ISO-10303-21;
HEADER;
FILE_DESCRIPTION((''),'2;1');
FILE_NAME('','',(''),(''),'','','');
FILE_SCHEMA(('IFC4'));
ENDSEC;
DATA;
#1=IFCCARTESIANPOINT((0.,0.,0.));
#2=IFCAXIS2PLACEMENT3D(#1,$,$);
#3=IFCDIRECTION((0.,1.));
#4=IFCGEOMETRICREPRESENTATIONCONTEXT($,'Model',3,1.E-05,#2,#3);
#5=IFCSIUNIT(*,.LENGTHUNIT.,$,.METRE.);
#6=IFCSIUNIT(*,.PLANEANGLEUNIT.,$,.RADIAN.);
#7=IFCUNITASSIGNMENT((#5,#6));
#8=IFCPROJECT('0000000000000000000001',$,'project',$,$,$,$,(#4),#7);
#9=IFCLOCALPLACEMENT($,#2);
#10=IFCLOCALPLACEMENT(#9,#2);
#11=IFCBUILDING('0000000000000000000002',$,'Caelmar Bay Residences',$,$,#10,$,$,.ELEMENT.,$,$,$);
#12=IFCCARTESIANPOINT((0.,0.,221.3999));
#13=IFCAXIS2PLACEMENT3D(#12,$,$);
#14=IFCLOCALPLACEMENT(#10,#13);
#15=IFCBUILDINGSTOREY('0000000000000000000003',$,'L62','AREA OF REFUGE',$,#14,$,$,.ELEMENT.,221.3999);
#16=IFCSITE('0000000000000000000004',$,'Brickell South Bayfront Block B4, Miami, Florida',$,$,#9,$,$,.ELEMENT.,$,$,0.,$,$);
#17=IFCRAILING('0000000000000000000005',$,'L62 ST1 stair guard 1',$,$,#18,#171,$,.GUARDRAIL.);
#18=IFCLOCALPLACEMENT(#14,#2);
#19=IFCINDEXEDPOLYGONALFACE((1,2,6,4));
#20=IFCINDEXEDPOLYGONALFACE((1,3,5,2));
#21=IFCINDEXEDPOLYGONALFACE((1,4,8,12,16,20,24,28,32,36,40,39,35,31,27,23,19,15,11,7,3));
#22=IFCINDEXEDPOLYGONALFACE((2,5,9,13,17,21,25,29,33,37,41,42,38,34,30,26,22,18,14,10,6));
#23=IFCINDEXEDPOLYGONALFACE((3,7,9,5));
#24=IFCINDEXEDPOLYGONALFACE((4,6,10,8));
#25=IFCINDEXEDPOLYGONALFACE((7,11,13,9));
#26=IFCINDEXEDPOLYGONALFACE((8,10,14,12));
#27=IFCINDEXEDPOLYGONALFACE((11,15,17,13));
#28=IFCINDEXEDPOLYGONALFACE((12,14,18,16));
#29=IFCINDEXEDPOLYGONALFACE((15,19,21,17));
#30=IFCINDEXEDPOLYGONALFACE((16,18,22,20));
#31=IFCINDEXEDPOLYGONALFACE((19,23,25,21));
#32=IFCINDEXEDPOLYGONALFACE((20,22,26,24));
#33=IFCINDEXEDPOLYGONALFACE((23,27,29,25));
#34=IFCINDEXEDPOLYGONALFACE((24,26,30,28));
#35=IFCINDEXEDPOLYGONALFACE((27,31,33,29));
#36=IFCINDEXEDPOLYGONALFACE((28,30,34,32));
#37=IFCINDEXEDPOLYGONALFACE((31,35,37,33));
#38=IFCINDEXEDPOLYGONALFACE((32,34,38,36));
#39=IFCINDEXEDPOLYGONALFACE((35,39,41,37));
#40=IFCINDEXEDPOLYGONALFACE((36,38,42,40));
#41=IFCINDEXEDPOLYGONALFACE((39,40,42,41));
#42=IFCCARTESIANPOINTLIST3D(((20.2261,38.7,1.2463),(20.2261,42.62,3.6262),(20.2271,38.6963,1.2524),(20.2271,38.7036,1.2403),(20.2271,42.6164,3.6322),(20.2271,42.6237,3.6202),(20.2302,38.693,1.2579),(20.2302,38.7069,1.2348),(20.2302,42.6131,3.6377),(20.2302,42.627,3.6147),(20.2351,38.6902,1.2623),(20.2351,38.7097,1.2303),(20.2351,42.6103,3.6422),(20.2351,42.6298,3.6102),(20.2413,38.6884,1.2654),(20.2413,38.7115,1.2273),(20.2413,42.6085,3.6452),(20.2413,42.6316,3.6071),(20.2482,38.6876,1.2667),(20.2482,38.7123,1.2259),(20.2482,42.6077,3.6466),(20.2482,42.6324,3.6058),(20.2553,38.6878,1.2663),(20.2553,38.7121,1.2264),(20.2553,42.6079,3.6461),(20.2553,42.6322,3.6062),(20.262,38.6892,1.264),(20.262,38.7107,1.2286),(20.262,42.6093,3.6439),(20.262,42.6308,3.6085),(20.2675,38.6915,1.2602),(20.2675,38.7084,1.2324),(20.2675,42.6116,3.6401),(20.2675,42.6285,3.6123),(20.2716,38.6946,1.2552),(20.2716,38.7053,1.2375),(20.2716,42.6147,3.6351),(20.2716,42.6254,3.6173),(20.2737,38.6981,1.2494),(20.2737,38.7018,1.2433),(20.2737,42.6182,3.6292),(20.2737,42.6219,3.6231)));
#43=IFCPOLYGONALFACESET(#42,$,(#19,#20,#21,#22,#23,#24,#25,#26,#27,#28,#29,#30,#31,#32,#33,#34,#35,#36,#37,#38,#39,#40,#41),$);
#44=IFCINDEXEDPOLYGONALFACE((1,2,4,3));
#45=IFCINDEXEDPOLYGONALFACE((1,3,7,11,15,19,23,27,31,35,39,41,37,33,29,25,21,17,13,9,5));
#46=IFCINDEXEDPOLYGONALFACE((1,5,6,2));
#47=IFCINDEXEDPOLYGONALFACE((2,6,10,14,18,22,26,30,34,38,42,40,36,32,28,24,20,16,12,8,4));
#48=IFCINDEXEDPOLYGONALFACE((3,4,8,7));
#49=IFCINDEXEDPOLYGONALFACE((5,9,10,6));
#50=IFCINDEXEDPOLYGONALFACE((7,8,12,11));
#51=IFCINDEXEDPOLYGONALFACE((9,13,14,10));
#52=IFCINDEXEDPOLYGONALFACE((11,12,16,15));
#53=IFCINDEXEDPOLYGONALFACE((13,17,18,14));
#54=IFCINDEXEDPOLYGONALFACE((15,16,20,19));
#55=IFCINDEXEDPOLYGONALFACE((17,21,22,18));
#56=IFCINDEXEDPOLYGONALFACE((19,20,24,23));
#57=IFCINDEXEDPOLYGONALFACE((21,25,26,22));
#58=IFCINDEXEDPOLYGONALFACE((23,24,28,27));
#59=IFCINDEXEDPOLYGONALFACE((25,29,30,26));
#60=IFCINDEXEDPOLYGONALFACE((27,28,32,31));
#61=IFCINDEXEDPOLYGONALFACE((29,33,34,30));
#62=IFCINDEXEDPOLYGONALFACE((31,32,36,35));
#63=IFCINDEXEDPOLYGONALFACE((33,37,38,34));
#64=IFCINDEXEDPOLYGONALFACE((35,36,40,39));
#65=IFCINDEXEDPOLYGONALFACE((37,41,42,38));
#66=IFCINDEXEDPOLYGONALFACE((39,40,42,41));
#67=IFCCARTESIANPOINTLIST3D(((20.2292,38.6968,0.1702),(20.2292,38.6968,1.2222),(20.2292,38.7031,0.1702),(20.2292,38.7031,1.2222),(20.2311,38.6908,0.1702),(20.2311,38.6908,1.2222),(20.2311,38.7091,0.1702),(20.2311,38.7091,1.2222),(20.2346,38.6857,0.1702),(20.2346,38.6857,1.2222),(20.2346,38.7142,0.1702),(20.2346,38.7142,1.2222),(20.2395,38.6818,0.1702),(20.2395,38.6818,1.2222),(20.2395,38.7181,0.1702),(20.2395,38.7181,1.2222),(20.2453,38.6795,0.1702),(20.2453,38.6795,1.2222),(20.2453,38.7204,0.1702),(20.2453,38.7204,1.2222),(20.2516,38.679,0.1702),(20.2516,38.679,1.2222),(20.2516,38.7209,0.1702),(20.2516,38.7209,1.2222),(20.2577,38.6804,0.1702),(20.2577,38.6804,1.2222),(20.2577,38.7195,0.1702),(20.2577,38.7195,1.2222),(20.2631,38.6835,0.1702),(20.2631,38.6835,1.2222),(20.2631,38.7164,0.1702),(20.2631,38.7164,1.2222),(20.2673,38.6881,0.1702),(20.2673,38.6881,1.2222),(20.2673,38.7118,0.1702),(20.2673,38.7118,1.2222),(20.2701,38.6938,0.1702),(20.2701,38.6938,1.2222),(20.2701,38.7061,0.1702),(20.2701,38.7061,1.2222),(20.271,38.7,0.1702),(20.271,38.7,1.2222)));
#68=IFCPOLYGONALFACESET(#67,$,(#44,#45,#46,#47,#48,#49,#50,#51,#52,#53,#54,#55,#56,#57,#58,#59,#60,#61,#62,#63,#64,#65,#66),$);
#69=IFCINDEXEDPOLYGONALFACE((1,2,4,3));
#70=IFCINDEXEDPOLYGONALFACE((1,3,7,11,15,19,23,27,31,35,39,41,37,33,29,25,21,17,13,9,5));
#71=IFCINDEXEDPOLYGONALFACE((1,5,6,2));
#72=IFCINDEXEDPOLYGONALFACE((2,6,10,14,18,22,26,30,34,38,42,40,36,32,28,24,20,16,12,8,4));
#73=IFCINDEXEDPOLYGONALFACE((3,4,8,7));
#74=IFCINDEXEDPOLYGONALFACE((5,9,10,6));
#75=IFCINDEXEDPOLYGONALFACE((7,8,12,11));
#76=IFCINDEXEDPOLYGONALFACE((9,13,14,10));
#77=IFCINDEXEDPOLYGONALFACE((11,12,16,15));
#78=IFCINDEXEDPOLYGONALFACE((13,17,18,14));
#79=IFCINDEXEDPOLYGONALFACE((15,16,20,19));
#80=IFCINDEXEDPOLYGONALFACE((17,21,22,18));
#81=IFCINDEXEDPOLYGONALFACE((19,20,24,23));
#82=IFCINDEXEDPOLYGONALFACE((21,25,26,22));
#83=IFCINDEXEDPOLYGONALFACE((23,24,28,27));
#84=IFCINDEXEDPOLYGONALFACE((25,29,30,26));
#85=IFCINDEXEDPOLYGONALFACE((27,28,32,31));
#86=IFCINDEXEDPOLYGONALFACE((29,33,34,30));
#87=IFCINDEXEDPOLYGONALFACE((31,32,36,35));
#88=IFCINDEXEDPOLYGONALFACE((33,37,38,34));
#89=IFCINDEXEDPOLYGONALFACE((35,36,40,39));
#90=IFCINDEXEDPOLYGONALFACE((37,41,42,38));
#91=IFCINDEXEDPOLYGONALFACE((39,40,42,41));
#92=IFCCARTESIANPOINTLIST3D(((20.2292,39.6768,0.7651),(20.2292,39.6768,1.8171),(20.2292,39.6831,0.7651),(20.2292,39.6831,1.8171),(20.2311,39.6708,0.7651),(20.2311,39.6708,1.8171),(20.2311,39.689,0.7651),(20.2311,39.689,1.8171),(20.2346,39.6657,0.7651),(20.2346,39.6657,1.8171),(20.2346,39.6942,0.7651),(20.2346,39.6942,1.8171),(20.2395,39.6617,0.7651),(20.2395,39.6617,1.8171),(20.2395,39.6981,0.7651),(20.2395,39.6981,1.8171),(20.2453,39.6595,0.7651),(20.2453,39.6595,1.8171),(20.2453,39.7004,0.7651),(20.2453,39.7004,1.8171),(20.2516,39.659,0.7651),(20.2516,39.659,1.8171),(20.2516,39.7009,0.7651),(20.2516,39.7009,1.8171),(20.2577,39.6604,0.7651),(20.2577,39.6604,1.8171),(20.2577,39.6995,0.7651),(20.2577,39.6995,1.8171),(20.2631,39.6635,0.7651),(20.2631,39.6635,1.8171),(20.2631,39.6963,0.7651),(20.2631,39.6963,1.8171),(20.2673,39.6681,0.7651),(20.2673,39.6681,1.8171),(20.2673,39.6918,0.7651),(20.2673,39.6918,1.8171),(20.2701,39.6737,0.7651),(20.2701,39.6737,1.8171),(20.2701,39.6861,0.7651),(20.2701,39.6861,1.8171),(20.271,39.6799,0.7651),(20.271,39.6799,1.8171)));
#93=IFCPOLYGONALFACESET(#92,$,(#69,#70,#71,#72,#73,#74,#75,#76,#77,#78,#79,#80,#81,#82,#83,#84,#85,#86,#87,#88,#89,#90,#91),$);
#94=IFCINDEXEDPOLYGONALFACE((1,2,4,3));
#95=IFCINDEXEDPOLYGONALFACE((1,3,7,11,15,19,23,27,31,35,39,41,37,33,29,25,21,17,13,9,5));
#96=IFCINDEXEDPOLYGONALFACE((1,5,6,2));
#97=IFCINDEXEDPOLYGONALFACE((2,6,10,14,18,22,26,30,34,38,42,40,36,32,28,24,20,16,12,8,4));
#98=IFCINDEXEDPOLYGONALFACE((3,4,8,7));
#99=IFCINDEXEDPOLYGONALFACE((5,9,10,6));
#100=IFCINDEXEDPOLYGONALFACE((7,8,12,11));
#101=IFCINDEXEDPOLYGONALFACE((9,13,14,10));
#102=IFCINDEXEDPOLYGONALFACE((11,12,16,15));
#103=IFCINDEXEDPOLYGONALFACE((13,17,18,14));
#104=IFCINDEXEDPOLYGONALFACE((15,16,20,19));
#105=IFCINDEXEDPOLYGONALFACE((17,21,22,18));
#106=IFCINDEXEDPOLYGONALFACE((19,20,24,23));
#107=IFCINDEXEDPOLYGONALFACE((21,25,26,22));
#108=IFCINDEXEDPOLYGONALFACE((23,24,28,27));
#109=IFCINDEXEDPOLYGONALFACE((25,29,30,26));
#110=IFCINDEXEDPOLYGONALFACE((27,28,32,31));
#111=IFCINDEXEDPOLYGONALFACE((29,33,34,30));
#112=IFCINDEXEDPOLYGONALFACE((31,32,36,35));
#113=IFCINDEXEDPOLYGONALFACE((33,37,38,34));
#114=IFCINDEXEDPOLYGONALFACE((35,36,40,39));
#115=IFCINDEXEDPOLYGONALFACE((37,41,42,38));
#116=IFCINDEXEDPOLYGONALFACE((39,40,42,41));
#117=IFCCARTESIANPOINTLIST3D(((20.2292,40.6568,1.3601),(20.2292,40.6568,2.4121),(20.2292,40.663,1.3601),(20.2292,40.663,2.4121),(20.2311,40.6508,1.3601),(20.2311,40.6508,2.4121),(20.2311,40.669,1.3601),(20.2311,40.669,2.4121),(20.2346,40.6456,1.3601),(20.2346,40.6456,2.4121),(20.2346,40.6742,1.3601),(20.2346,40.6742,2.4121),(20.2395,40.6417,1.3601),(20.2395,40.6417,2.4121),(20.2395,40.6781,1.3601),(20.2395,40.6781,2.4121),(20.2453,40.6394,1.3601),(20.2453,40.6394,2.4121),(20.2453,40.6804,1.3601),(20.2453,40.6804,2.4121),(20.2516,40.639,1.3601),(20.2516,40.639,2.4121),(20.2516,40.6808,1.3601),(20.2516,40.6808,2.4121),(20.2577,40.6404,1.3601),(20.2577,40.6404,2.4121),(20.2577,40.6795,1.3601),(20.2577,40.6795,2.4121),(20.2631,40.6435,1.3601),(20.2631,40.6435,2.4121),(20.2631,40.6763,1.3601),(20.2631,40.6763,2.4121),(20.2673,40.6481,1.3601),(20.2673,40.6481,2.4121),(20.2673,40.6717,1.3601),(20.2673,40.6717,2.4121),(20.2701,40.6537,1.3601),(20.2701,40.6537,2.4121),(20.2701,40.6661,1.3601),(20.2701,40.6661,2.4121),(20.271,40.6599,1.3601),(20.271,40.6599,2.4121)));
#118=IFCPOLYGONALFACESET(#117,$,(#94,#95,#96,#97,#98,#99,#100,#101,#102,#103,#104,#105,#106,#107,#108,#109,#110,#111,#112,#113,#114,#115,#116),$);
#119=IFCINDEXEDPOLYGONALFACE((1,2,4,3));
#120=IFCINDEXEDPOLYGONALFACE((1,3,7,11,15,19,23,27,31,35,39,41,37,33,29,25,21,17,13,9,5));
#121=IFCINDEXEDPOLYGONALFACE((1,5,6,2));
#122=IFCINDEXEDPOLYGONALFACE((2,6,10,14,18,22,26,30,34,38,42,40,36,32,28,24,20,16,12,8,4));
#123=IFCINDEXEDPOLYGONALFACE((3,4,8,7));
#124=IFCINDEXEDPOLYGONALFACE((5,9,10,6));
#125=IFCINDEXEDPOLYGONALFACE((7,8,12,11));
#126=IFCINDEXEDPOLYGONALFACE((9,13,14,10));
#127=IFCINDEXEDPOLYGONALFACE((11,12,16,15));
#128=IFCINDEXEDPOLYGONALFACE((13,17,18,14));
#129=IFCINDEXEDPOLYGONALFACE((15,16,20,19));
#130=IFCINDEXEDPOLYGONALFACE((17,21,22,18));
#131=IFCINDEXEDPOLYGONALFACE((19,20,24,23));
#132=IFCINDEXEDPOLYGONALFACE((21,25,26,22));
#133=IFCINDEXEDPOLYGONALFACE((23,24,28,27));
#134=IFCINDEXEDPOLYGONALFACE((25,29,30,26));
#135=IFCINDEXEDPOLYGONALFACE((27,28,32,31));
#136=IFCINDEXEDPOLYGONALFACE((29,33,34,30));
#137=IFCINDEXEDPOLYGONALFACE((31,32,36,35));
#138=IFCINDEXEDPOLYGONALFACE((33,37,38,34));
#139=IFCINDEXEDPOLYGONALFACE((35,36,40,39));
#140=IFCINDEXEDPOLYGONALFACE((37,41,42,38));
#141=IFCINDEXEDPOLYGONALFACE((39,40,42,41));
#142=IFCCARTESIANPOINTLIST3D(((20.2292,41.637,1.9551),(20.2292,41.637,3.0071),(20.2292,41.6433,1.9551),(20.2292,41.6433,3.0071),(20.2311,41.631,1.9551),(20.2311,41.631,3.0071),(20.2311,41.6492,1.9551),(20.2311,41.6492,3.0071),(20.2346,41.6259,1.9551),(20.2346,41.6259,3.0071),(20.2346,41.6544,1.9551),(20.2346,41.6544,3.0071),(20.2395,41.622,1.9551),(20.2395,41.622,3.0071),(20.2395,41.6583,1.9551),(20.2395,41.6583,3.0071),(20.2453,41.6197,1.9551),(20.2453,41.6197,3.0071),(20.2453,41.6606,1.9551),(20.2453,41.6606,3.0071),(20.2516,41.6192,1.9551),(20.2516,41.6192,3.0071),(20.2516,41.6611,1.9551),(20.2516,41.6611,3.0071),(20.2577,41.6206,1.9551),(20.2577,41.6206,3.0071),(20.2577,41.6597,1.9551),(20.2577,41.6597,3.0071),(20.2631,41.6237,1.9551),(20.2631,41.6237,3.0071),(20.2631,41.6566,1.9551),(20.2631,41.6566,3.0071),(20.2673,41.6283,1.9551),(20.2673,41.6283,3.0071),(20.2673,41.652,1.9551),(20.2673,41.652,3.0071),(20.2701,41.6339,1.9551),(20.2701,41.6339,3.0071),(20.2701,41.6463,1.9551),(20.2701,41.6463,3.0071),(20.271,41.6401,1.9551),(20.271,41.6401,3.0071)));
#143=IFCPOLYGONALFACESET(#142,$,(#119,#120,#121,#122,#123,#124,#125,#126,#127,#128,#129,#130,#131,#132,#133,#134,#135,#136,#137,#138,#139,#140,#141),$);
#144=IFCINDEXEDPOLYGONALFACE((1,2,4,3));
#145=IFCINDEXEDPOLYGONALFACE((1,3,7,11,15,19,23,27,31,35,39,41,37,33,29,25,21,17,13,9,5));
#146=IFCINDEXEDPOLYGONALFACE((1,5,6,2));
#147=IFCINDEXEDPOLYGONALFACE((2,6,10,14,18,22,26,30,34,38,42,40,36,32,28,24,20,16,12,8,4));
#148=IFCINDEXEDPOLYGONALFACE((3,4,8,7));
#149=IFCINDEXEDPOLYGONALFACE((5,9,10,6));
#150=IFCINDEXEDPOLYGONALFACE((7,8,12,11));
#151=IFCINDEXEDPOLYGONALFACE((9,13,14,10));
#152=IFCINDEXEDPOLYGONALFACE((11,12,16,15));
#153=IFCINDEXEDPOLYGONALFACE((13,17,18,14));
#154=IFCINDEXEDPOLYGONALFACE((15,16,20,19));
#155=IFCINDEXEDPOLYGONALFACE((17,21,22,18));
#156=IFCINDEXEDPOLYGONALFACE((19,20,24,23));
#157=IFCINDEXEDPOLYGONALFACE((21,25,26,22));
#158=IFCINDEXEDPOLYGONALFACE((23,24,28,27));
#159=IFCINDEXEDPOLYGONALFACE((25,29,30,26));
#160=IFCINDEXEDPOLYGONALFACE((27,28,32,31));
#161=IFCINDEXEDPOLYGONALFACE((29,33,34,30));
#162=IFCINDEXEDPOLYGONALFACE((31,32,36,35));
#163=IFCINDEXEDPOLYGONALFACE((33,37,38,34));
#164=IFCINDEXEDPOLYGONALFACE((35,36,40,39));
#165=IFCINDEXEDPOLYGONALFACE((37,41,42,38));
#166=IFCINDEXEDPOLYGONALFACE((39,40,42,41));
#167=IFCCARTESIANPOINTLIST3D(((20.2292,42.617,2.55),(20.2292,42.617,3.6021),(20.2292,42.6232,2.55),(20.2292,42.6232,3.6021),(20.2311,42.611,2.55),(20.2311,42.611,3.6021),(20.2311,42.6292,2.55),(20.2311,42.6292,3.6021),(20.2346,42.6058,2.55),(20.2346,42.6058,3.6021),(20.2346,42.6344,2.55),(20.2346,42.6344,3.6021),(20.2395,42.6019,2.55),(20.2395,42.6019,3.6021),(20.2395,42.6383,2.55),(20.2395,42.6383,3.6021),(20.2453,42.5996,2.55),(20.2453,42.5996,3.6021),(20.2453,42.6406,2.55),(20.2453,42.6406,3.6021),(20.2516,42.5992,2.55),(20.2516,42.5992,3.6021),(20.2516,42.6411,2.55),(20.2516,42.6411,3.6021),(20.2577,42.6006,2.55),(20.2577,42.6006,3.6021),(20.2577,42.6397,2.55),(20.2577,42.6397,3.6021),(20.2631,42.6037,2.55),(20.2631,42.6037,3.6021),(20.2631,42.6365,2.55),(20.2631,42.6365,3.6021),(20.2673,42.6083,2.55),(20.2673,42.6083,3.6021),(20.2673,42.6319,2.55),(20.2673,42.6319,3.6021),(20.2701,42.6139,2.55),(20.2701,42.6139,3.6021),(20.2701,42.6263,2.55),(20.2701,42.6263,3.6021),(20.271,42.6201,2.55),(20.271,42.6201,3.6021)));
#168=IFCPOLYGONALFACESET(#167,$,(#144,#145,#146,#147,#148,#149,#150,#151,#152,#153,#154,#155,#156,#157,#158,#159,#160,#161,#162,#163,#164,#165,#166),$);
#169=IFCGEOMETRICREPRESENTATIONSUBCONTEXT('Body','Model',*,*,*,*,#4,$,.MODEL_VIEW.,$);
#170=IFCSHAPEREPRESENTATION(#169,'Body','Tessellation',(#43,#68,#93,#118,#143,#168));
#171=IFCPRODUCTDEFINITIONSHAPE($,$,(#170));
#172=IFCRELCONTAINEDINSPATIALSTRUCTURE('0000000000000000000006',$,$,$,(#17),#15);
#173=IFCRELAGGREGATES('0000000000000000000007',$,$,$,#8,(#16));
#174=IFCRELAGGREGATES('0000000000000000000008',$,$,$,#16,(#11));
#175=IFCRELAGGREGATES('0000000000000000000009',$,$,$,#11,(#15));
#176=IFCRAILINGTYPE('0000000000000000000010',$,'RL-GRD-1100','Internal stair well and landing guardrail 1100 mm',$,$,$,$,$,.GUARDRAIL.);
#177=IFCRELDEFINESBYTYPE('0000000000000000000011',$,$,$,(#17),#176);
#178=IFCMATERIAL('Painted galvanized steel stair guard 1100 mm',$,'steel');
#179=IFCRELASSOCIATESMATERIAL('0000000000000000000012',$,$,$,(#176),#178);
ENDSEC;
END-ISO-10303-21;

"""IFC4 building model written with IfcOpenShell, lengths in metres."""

from ifc_helpers import new_model, si_unit, direction, frame, origin, origin_2d, place, context, subcontext, project, spatial, circle, extrude, material, type_object, element, save


model = new_model("IFC4")

# Units and contexts
model_context = context("Model", 3, precision=1e-05, world=origin(), true_north=direction((0.0, 1.0)))
body_context = subcontext(model_context, "Body", "Model", "MODEL_VIEW")
ifc_project = project(units=[si_unit("LENGTHUNIT", "METRE"), si_unit("PLANEANGLEUNIT", "RADIAN")], contexts=[model_context])

# Site, building, storey
site_placement = place(None, origin())
site = spatial("IfcSite", under=ifc_project, at=site_placement, Name="Brickell South Bayfront Block B4, Miami, Florida", CompositionType="ELEMENT", RefElevation=0.0)
building_placement = place(site_placement, origin())
building = spatial("IfcBuilding", under=site, at=building_placement, Name="Caelmar Bay Residences", CompositionType="ELEMENT")
storey_placement = place(building_placement, frame((0.0, 0.0, 221.3999)))
storey = spatial("IfcBuildingStorey", under=building, at=storey_placement, Name="L62", Description="AREA OF REFUGE", CompositionType="ELEMENT", Elevation=221.3999)

# Railing
ifc_material_1 = material(Name="Painted galvanized steel stair guard 1100 mm", Category="steel")
railing_type_1 = type_object("IfcRailingType", Name="RL-GRD-1100", Description="Internal stair well and landing guardrail 1100 mm", PredefinedType="GUARDRAIL", material=ifc_material_1)
railing_1_placement = place(storey_placement, frame((20.25, 38.7, 0.1702)))
element("IfcRailing", 1, at=railing_1_placement, inside=storey, type_object=railing_type_1, Name="L62 ST1 stair guard 1", PredefinedType="GUARDRAIL", context=body_context, shape_type="SweptSolid", body=[
    extrude(circle(Radius=0.0239, at=origin_2d()), frame((0.0, 0.0, 1.0762), z_axis=(0.0, 0.854809, 0.518943), x_axis=(-1.0, 0.0, 0.0)), (0.0, 0.0, 1.0), 4.5859),
    extrude(circle(Radius=0.021, at=origin_2d()), origin(), (0.0, 0.0, 1.0), 1.052),
    extrude(circle(Radius=0.021, at=origin_2d()), frame((0.0, 0.98, 0.595)), (0.0, 0.0, 1.0), 1.052),
    extrude(circle(Radius=0.021, at=origin_2d()), frame((0.0, 1.96, 1.1899)), (0.0, 0.0, 1.0), 1.052),
    extrude(circle(Radius=0.021, at=origin_2d()), frame((0.0, 2.9402, 1.7849)), (0.0, 0.0, 1.0), 1.052),
    extrude(circle(Radius=0.021, at=origin_2d()), frame((0.0, 3.9202, 2.3799)), (0.0, 0.0, 1.0), 1.052),
])

save(model, "model.ifc")
